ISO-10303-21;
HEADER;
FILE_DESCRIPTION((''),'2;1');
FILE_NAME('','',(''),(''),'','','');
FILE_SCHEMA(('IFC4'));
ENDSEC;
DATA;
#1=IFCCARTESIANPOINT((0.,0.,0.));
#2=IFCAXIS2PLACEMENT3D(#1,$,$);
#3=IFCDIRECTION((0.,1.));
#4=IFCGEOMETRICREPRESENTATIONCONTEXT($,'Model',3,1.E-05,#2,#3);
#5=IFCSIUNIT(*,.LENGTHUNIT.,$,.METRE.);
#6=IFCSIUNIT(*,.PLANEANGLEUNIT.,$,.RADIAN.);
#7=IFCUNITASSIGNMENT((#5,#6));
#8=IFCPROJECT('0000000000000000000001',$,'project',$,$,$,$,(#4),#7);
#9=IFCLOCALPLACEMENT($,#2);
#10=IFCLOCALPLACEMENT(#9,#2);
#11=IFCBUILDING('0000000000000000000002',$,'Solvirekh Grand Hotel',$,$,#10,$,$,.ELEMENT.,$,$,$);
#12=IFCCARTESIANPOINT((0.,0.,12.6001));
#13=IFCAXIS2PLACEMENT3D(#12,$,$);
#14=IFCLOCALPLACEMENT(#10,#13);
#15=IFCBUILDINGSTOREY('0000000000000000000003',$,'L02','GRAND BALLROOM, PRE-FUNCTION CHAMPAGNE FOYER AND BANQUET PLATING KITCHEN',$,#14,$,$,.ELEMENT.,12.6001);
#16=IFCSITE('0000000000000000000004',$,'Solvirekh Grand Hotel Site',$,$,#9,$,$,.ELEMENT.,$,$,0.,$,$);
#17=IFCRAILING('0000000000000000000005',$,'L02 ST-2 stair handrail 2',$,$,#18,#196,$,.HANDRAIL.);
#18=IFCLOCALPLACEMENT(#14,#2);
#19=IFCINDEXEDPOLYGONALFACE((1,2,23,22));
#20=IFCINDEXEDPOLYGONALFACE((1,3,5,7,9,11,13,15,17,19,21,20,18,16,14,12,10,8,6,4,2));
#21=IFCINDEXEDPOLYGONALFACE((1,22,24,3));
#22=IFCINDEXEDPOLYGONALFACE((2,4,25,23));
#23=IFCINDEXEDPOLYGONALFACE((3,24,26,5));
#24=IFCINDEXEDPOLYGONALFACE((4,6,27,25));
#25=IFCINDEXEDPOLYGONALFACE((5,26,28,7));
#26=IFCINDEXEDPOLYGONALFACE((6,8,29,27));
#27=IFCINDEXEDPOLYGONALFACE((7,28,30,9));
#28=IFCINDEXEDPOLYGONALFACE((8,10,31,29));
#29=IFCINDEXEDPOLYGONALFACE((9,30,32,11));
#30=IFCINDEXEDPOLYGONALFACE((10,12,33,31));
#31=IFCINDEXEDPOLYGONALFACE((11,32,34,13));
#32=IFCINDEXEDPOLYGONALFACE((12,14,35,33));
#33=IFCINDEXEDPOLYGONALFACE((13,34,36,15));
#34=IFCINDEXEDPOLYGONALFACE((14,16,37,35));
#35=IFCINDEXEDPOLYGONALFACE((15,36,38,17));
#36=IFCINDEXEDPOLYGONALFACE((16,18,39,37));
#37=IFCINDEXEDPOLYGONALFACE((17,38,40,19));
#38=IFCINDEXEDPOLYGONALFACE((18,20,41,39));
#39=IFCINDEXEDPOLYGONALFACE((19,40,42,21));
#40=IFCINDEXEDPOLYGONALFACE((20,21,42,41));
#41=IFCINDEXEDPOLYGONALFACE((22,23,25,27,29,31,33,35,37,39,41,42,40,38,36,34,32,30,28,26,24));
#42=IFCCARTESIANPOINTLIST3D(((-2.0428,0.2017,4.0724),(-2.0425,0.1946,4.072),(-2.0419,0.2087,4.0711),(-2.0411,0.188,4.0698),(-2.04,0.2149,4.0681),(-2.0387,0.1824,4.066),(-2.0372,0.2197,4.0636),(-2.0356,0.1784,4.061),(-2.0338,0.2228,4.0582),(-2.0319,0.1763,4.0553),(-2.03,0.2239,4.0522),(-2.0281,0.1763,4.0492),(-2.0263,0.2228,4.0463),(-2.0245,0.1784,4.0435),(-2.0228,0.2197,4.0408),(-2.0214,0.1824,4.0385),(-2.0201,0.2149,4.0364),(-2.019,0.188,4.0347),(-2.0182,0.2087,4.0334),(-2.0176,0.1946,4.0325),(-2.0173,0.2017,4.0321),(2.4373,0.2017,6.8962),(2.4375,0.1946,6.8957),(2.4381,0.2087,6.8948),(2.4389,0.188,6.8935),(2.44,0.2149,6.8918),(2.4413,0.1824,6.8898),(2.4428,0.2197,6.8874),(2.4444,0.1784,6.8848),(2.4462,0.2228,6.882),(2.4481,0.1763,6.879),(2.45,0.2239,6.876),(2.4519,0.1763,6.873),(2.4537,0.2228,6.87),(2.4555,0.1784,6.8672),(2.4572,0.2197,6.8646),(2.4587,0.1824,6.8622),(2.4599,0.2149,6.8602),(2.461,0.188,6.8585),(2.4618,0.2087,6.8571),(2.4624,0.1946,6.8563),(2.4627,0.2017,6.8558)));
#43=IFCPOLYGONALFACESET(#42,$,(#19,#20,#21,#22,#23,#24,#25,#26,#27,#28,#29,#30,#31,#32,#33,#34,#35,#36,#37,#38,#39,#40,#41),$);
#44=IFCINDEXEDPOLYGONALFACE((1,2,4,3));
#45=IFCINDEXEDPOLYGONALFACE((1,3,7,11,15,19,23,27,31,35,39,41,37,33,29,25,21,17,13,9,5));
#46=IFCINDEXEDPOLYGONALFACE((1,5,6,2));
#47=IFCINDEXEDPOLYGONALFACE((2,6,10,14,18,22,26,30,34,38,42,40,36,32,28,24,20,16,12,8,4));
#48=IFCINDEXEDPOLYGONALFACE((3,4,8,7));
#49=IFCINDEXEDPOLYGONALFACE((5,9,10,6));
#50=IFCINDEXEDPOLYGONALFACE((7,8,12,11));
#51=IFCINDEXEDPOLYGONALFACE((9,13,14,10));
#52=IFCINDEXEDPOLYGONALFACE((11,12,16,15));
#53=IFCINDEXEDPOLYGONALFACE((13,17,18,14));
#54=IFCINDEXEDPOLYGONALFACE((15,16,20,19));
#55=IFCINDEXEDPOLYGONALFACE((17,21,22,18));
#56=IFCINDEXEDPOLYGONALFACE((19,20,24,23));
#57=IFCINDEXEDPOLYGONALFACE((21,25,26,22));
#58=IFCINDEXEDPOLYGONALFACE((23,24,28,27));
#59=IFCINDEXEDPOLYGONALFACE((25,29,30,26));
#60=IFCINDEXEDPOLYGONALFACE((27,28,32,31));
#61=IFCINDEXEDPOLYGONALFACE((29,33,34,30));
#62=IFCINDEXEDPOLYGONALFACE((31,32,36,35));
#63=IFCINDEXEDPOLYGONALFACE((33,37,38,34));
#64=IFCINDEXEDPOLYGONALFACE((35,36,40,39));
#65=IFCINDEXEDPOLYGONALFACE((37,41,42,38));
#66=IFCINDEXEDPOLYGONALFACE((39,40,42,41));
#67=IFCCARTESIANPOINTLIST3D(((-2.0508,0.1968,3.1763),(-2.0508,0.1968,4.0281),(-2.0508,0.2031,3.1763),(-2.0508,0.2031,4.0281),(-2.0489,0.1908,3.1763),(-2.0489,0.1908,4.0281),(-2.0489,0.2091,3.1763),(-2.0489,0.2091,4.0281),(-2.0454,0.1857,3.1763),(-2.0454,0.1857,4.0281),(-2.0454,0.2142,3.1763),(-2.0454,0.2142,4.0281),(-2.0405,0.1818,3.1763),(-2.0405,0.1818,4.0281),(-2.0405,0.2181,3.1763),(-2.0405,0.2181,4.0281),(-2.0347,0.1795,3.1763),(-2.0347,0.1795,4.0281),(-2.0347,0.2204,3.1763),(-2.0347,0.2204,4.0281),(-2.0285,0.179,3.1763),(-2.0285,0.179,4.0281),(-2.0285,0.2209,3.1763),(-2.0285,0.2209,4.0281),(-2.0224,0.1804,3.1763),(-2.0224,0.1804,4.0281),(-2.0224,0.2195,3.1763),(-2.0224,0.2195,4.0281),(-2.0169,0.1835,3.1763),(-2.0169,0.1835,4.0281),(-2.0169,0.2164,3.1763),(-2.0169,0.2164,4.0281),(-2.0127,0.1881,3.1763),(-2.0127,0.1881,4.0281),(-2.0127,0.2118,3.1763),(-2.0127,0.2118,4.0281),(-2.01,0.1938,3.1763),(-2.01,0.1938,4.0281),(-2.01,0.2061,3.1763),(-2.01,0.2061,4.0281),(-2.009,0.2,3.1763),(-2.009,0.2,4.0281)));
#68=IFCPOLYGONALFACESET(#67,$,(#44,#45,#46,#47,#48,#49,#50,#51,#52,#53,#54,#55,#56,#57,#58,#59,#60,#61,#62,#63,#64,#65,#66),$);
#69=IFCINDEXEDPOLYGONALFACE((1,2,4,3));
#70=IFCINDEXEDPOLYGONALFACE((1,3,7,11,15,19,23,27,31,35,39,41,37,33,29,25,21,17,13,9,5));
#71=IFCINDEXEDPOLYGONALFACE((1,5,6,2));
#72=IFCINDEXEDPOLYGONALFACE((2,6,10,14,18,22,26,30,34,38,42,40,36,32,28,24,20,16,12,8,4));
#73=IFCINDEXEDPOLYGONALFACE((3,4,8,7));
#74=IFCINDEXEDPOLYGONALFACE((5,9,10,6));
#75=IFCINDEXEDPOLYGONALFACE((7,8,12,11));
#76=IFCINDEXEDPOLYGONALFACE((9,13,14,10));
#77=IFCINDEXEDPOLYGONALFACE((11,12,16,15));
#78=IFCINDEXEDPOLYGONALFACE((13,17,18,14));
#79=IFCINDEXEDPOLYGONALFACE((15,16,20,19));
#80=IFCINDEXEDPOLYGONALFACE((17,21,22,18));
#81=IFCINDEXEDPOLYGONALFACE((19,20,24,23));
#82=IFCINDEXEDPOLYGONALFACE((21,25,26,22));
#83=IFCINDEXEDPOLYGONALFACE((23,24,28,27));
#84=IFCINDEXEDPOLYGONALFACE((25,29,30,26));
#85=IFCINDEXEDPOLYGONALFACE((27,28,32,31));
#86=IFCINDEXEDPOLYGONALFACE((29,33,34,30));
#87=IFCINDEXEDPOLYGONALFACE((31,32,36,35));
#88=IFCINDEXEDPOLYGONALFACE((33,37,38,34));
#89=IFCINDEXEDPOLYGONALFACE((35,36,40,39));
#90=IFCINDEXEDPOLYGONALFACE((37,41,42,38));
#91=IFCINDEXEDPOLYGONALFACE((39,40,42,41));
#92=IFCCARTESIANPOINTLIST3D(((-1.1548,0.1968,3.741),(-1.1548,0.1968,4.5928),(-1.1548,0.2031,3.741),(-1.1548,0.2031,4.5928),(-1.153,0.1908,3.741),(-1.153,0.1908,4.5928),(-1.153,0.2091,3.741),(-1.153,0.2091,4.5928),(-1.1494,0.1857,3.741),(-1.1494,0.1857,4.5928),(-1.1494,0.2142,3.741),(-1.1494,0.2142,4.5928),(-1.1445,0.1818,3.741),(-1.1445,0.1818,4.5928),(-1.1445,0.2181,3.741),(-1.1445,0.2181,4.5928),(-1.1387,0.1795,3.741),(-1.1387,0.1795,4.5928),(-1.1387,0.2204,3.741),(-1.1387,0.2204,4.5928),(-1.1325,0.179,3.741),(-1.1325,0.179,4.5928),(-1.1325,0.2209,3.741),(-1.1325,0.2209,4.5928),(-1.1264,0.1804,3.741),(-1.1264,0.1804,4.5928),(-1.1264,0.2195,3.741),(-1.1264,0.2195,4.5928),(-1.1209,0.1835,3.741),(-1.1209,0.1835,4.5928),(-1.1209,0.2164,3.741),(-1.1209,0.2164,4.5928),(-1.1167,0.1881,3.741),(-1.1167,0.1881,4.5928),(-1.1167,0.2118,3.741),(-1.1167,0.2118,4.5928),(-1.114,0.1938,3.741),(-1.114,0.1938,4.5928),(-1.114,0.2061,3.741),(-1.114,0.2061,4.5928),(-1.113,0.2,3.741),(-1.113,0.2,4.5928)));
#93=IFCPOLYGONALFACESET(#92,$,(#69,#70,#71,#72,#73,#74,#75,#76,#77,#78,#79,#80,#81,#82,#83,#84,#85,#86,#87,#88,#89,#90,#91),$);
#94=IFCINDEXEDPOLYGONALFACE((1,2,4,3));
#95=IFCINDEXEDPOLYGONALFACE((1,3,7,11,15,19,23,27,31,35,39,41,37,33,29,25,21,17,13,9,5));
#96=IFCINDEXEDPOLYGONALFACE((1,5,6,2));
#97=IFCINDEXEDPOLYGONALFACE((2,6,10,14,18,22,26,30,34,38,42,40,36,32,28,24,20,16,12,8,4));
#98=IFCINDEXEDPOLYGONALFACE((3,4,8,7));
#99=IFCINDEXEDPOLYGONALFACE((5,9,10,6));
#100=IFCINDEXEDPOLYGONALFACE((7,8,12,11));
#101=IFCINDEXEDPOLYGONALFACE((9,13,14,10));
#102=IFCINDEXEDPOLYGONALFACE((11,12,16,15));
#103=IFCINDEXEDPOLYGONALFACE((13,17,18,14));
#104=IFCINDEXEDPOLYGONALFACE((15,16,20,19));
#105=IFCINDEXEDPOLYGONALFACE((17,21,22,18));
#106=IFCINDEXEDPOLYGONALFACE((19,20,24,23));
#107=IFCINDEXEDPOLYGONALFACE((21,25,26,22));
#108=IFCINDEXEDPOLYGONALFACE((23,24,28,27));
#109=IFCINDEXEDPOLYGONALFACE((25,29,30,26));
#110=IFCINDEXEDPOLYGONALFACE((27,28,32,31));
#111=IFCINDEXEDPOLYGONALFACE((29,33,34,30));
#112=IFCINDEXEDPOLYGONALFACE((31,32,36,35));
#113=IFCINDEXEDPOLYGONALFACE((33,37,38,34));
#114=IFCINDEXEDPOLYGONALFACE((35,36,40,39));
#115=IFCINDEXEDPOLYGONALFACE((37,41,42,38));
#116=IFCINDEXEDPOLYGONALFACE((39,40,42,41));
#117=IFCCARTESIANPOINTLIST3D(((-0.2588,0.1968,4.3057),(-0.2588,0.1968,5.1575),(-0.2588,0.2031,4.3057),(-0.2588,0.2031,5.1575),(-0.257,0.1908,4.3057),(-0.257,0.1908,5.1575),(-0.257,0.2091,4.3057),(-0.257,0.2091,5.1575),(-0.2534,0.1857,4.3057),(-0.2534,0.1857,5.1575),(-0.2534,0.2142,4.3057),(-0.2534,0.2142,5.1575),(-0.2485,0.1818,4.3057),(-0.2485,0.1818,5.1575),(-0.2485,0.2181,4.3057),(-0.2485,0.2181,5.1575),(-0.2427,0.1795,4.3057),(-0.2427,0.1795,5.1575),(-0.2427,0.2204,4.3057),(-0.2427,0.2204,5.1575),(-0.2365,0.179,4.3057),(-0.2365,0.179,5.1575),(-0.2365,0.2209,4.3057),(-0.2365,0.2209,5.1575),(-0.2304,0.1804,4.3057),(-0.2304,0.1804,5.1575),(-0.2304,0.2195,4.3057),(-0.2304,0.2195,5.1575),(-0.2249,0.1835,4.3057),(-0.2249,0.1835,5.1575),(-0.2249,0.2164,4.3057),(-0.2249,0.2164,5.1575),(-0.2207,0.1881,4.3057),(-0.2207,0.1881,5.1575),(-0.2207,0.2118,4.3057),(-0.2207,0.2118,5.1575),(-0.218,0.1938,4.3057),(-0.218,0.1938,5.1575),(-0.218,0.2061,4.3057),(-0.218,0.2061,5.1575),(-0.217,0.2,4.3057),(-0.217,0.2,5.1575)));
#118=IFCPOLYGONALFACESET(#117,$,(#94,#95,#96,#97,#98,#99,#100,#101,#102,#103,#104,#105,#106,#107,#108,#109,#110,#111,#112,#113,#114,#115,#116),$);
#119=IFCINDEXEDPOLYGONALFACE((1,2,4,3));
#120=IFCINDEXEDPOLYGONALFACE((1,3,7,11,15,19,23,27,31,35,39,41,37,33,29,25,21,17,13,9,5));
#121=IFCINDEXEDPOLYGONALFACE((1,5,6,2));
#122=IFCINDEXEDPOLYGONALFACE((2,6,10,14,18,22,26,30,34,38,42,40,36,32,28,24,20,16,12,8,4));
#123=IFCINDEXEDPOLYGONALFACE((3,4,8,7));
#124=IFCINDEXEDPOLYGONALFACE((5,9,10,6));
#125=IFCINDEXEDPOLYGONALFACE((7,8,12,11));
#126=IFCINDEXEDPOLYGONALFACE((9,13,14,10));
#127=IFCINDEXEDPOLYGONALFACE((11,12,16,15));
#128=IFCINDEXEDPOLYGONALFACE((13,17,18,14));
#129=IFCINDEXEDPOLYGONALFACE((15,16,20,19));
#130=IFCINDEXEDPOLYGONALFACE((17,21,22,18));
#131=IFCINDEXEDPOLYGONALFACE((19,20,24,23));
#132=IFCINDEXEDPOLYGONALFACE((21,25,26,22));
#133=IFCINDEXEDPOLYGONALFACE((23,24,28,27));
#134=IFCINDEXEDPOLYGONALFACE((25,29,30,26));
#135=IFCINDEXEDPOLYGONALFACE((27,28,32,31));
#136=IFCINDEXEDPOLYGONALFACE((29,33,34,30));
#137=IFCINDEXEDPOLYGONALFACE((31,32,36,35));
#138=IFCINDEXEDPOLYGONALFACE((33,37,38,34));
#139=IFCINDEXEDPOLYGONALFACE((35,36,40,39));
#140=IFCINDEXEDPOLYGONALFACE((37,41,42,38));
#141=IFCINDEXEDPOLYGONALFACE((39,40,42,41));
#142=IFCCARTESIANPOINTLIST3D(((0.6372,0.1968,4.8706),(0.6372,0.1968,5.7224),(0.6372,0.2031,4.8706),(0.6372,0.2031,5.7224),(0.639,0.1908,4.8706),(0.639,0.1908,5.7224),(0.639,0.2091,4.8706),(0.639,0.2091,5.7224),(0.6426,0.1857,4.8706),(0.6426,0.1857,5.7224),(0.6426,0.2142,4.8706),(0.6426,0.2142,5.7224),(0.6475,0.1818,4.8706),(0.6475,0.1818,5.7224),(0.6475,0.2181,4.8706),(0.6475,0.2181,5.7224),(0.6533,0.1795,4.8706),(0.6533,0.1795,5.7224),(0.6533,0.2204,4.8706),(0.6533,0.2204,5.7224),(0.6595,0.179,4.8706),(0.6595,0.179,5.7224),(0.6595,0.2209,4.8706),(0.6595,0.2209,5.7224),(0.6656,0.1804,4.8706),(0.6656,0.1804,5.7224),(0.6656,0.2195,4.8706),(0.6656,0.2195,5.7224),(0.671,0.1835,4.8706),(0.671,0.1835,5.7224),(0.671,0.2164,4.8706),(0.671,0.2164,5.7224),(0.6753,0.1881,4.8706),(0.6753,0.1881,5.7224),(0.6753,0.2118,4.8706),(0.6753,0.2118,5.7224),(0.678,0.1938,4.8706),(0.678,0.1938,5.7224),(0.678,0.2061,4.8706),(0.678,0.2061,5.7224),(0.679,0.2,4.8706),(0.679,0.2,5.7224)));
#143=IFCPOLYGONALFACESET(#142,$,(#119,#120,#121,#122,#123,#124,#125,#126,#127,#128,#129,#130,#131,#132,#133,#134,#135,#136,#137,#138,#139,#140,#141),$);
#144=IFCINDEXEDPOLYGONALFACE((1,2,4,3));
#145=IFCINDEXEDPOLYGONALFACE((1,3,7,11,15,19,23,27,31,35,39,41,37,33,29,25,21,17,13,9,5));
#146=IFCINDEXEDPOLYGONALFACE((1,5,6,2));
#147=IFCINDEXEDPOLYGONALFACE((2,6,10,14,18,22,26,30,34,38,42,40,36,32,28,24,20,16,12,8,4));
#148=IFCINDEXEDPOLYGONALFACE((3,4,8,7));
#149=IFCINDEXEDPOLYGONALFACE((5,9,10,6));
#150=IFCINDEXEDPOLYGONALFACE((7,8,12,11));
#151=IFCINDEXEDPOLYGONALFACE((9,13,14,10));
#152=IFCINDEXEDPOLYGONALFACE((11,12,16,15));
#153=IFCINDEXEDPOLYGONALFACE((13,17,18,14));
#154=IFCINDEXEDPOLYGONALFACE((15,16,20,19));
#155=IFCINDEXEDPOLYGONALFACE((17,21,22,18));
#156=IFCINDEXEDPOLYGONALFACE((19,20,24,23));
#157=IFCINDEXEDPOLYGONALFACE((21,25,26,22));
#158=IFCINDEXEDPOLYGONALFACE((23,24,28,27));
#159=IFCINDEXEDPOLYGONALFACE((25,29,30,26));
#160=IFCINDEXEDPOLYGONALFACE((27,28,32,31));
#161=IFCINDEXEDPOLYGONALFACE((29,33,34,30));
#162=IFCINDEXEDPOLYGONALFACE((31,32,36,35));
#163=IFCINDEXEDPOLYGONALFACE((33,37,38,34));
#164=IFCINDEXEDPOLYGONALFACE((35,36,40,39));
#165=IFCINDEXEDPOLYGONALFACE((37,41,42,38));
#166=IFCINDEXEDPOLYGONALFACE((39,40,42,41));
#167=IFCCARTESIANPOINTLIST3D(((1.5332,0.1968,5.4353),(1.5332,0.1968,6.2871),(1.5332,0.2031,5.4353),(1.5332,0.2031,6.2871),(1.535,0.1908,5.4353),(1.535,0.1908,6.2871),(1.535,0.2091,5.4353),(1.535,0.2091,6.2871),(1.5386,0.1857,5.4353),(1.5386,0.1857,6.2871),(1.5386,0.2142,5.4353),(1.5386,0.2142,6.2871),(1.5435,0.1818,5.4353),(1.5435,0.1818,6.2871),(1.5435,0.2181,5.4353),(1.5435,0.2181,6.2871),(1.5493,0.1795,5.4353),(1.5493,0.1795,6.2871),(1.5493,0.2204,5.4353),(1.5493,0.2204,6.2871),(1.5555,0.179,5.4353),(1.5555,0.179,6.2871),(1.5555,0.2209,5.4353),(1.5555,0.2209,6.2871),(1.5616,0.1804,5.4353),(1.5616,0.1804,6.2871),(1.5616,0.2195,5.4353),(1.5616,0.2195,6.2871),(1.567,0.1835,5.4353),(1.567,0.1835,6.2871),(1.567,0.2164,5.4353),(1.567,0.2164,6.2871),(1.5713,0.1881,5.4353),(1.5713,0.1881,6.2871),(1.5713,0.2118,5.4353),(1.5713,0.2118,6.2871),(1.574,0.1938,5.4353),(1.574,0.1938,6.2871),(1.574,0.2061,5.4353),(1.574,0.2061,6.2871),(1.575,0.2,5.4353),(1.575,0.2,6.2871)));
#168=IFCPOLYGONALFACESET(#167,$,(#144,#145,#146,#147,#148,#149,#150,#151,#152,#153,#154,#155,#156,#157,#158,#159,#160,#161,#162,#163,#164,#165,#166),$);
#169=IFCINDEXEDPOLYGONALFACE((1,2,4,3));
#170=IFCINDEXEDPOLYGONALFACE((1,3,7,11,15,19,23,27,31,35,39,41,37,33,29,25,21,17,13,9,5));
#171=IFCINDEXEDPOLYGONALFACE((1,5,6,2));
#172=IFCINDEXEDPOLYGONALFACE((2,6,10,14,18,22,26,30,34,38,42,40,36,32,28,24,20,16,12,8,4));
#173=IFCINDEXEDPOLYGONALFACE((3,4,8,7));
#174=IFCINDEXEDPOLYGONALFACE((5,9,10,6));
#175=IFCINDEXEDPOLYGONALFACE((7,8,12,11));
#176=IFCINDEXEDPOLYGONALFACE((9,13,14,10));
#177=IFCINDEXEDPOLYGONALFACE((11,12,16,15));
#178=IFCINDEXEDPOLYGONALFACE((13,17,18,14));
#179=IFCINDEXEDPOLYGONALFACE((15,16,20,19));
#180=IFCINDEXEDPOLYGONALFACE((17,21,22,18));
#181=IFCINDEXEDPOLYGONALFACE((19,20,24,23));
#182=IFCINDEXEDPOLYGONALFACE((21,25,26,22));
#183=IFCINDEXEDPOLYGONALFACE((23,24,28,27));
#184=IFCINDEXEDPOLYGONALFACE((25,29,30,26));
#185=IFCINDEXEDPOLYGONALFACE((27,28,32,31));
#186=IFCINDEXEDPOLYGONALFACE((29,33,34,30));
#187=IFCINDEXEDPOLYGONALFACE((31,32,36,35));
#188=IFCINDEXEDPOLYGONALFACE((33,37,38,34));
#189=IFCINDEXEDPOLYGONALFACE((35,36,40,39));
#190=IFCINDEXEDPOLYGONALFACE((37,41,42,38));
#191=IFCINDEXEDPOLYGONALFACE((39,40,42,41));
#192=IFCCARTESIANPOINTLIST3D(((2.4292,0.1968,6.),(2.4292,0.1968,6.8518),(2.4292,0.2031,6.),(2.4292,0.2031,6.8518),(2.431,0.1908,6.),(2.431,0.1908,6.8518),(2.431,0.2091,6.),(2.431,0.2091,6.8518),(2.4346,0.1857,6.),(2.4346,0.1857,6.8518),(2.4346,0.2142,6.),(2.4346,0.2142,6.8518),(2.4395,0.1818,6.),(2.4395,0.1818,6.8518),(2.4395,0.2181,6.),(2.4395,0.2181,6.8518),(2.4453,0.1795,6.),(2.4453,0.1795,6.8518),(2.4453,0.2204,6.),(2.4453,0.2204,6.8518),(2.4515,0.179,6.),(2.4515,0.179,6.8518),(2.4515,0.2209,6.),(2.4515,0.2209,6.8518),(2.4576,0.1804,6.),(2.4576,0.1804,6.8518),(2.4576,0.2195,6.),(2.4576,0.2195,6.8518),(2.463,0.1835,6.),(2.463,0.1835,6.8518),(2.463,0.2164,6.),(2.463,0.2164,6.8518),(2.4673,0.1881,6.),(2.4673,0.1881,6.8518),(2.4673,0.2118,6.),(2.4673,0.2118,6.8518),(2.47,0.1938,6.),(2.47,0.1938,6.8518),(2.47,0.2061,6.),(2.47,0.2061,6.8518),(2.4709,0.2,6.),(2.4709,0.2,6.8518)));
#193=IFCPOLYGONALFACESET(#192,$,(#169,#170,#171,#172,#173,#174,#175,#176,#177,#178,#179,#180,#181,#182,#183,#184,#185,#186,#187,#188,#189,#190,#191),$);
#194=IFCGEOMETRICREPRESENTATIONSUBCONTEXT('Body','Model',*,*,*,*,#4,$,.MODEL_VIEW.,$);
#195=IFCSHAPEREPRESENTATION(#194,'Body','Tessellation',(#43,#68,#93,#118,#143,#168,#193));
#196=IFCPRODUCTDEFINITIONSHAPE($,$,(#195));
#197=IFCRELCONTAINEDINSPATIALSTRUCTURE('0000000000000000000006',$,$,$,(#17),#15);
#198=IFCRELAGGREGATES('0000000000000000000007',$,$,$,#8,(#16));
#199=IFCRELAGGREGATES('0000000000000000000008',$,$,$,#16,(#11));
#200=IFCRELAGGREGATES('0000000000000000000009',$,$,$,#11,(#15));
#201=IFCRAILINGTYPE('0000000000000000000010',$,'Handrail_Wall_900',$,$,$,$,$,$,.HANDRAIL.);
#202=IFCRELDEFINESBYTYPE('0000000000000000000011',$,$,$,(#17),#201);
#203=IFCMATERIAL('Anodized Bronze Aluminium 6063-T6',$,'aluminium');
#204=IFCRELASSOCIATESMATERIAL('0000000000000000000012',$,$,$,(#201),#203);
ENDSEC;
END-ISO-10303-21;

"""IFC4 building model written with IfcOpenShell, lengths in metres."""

from ifc_helpers import new_model, si_unit, direction, frame, origin, origin_2d, place, context, subcontext, project, spatial, circle, extrude, material, type_object, element, save


model = new_model("IFC4")

# Units and contexts
model_context = context("Model", 3, precision=1e-05, world=origin(), true_north=direction((0.0, 1.0)))
body_context = subcontext(model_context, "Body", "Model", "MODEL_VIEW")
ifc_project = project(units=[si_unit("LENGTHUNIT", "METRE"), si_unit("PLANEANGLEUNIT", "RADIAN")], contexts=[model_context])

# Site, building, storey
site_placement = place(None, origin())
site = spatial("IfcSite", under=ifc_project, at=site_placement, Name="Solvirekh Grand Hotel Site", CompositionType="ELEMENT", RefElevation=0.0)
building_placement = place(site_placement, origin())
building = spatial("IfcBuilding", under=site, at=building_placement, Name="Solvirekh Grand Hotel", CompositionType="ELEMENT")
storey_placement = place(building_placement, frame((0.0, 0.0, 12.6001)))
storey = spatial("IfcBuildingStorey", under=building, at=storey_placement, Name="L02", Description="GRAND BALLROOM, PRE-FUNCTION CHAMPAGNE FOYER AND BANQUET PLATING KITCHEN", CompositionType="ELEMENT", Elevation=12.6001)

# Railing
ifc_material_1 = material(Name="Anodized Bronze Aluminium 6063-T6", Category="aluminium")
railing_type_1 = type_object("IfcRailingType", Name="Handrail_Wall_900", PredefinedType="HANDRAIL", material=ifc_material_1)
railing_1_placement = place(storey_placement, frame((-2.03, 0.2, 3.1763)))
element("IfcRailing", 1, at=railing_1_placement, inside=storey, type_object=railing_type_1, Name="L02 ST-2 stair handrail 2", PredefinedType="HANDRAIL", context=body_context, shape_type="SweptSolid", body=[
    extrude(circle(Radius=0.0239, at=origin_2d()), frame((0.0, 0.0, 0.876), z_axis=(0.845977, 0.0, 0.533219), x_axis=(0.0, 1.0, 0.0)), (0.0, 0.0, 1.0), 5.2957),
    extrude(circle(Radius=0.021, at=origin_2d()), origin(), (0.0, 0.0, 1.0), 0.8518),
    extrude(circle(Radius=0.021, at=origin_2d()), frame((0.896, 0.0, 0.5647)), (0.0, 0.0, 1.0), 0.8518),
    extrude(circle(Radius=0.021, at=origin_2d()), frame((1.792, 0.0, 1.1294)), (0.0, 0.0, 1.0), 0.8518),
    extrude(circle(Radius=0.021, at=origin_2d()), frame((2.688, 0.0, 1.6943)), (0.0, 0.0, 1.0), 0.8518),
    extrude(circle(Radius=0.021, at=origin_2d()), frame((3.584, 0.0, 2.259)), (0.0, 0.0, 1.0), 0.8518),
    extrude(circle(Radius=0.021, at=origin_2d()), frame((4.48, 0.0, 2.8237)), (0.0, 0.0, 1.0), 0.8518),
])

save(model, "model.ifc")
